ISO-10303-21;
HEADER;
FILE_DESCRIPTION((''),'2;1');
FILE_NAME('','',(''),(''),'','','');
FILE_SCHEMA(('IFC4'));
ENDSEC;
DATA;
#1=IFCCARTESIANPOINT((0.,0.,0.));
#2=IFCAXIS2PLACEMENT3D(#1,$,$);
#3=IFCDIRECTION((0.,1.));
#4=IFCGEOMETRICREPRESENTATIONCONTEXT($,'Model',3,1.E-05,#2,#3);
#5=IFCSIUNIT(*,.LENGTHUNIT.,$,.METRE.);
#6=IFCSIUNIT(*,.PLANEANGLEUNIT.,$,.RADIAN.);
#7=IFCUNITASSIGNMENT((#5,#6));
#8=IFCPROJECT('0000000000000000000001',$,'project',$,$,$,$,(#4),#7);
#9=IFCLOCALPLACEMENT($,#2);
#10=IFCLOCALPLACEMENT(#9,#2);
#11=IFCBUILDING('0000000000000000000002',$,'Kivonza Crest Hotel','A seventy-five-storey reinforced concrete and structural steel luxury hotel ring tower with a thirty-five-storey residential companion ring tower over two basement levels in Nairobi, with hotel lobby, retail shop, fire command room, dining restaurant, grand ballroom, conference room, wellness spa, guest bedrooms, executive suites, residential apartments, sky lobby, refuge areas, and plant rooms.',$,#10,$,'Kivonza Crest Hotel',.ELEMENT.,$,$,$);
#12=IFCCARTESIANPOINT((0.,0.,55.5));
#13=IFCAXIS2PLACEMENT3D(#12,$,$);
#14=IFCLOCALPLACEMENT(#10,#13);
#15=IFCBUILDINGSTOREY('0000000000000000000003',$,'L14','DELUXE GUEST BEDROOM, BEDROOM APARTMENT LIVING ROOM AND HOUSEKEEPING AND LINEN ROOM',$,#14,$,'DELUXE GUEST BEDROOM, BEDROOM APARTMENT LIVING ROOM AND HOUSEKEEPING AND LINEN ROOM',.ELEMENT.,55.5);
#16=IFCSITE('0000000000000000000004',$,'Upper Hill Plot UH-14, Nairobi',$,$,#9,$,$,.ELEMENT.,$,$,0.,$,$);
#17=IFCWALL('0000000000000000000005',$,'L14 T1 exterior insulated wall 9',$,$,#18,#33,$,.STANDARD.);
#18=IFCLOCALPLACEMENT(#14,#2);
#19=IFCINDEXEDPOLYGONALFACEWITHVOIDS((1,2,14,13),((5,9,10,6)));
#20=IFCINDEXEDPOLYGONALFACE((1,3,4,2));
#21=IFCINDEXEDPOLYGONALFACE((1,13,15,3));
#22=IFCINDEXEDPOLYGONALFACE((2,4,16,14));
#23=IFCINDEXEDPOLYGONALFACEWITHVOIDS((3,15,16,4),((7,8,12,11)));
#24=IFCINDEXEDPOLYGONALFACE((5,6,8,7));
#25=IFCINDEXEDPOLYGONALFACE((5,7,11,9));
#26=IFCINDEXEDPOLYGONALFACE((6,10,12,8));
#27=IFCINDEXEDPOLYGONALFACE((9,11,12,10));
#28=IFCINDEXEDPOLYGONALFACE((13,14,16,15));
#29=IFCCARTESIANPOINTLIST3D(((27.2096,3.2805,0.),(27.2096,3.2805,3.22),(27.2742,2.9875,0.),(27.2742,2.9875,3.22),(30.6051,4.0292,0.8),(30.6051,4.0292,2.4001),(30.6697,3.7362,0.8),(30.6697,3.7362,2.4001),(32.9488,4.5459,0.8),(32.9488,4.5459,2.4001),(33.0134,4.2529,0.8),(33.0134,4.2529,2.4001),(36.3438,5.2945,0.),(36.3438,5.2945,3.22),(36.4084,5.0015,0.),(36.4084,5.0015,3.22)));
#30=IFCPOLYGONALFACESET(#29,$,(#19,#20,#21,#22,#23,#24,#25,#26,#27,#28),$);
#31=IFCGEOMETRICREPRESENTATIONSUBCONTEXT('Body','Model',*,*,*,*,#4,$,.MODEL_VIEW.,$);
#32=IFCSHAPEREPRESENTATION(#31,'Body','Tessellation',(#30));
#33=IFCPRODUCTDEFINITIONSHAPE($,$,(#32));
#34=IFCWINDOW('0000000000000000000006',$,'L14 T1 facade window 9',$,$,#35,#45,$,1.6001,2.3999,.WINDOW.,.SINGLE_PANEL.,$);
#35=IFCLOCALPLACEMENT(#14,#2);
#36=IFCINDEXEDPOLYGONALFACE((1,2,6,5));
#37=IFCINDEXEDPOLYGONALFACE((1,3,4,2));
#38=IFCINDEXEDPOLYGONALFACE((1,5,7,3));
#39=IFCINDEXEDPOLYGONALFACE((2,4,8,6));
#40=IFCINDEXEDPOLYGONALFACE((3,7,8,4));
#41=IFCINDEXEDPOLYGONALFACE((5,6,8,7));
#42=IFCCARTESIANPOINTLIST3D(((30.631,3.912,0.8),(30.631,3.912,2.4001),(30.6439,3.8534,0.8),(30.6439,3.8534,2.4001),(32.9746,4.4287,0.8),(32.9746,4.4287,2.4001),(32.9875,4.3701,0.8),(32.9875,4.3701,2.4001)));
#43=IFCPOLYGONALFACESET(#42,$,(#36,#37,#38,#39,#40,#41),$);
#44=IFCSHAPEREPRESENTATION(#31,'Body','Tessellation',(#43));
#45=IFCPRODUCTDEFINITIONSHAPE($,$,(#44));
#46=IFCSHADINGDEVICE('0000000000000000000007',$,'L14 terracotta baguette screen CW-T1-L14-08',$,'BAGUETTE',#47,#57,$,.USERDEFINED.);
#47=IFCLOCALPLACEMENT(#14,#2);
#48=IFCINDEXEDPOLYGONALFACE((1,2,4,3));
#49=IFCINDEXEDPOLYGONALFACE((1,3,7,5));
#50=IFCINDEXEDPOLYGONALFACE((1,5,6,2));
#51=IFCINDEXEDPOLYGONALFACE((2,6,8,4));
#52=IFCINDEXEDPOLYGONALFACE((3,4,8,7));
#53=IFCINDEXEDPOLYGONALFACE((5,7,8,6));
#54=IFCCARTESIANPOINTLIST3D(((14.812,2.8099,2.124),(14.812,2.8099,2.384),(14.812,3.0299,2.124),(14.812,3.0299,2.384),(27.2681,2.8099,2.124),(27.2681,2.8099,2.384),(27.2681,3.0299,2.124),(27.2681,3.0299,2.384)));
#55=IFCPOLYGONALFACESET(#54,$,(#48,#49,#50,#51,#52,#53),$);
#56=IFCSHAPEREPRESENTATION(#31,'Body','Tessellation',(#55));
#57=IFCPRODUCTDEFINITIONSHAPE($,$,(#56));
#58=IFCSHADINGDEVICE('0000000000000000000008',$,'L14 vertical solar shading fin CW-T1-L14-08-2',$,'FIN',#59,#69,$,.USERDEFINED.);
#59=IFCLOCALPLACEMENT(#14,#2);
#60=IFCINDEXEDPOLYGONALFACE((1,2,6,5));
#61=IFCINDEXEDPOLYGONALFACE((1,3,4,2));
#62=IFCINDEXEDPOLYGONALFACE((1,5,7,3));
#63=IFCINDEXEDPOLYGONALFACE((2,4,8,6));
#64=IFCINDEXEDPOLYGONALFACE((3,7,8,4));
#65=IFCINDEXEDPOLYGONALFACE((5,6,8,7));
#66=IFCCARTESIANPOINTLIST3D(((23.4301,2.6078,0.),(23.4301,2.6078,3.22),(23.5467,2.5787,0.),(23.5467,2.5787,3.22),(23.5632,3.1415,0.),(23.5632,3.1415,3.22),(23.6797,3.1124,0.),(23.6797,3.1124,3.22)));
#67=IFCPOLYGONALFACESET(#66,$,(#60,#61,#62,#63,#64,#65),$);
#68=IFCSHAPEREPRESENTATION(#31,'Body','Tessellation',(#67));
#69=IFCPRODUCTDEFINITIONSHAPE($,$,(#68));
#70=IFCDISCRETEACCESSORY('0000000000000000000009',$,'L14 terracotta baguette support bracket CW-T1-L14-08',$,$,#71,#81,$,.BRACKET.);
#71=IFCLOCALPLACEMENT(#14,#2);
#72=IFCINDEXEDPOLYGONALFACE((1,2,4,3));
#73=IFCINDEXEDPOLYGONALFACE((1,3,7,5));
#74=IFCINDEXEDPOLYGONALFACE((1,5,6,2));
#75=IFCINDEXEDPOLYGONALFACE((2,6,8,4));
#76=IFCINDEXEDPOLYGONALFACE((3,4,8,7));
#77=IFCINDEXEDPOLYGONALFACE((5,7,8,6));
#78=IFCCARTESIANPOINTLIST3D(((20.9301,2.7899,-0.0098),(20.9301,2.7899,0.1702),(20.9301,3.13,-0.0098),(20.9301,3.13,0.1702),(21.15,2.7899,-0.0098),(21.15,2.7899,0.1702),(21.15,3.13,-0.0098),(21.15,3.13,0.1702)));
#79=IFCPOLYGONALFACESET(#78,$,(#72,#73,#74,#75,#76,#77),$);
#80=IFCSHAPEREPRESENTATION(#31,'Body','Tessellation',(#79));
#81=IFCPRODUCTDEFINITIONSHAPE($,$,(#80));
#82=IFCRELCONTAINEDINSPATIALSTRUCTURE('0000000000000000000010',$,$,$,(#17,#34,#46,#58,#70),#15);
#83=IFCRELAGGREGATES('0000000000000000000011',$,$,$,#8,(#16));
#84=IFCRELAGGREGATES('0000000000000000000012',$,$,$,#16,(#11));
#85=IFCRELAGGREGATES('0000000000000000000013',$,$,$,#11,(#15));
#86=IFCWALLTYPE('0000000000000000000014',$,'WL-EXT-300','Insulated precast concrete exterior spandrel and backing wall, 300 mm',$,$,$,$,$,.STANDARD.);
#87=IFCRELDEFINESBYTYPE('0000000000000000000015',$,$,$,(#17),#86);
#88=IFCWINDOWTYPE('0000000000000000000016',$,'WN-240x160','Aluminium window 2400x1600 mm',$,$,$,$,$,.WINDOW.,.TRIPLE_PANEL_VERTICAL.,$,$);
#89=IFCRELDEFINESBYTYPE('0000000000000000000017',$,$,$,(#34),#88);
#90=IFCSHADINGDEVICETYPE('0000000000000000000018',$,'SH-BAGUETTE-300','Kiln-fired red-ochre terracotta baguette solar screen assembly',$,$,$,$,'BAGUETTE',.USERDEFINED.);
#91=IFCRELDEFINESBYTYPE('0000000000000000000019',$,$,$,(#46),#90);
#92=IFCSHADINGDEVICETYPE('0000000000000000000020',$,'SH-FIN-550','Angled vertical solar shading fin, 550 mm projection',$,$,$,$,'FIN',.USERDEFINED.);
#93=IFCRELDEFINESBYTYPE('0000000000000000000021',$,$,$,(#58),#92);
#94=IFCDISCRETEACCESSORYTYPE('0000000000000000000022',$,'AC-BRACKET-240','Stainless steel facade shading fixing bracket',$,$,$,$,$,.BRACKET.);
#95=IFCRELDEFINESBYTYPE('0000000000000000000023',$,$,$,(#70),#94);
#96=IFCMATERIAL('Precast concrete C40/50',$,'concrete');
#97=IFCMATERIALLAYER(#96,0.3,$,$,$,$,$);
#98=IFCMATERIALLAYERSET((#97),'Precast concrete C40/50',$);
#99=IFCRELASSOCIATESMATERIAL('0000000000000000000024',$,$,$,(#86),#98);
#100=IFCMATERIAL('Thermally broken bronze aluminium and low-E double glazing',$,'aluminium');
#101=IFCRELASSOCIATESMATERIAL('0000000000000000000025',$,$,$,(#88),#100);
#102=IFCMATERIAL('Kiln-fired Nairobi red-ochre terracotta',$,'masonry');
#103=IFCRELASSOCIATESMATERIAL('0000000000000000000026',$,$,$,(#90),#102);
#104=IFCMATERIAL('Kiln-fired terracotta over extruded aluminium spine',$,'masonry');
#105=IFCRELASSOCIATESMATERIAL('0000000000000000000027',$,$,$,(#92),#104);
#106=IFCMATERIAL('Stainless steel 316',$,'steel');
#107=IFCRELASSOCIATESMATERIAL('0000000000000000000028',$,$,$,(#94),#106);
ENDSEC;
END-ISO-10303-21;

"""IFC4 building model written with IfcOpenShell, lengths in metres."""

from ifc_helpers import new_model, si_unit, direction, frame, frame_2d, origin, origin_2d, place, context, subcontext, project, spatial, rectangle, extrude, material, layer, layer_set, type_object, element, fill, save


model = new_model("IFC4")

# Units and contexts
model_context = context("Model", 3, precision=1e-05, world=origin(), true_north=direction((0.0, 1.0)))
body_context = subcontext(model_context, "Body", "Model", "MODEL_VIEW")
ifc_project = project(units=[si_unit("LENGTHUNIT", "METRE"), si_unit("PLANEANGLEUNIT", "RADIAN")], contexts=[model_context])

# Site, building, storey
site_placement = place(None, origin())
site = spatial("IfcSite", under=ifc_project, at=site_placement, Name="Upper Hill Plot UH-14, Nairobi", CompositionType="ELEMENT", RefElevation=0.0)
building_placement = place(site_placement, origin())
building = spatial("IfcBuilding", under=site, at=building_placement, Name="Kivonza Crest Hotel", Description="A seventy-five-storey reinforced concrete and structural steel luxury hotel ring tower with a thirty-five-storey residential companion ring tower over two basement levels in Nairobi, with hotel lobby, retail shop, fire command room, dining restaurant, grand ballroom, conference room, wellness spa, guest bedrooms, executive suites, residential apartments, sky lobby, refuge areas, and plant rooms.", LongName="Kivonza Crest Hotel", CompositionType="ELEMENT")
storey_placement = place(building_placement, frame((0.0, 0.0, 55.5)))
storey = spatial("IfcBuildingStorey", under=building, at=storey_placement, Name="L14", Description="DELUXE GUEST BEDROOM, BEDROOM APARTMENT LIVING ROOM AND HOUSEKEEPING AND LINEN ROOM", LongName="DELUXE GUEST BEDROOM, BEDROOM APARTMENT LIVING ROOM AND HOUSEKEEPING AND LINEN ROOM", CompositionType="ELEMENT", Elevation=55.5)

# Wall, opening, window
ifc_material_1 = material(Name="Precast concrete C40/50", Category="concrete")
ifc_layer_1 = layer(ifc_material_1, 0.3)
ifc_layer_set_1 = layer_set([ifc_layer_1], Name="Precast concrete C40/50")
wall_type_1 = type_object("IfcWallType", Name="WL-EXT-300", Description="Insulated precast concrete exterior spandrel and backing wall, 300 mm", PredefinedType="STANDARD", material=ifc_layer_set_1)
wall_1_placement = place(storey_placement, frame((27.2419, 3.134, 0.0), z_axis=(0.0, 0.0, 1.0), x_axis=(0.976545, 0.215313, 0.0)))
wall_1 = element("IfcWall", 1, at=wall_1_placement, inside=storey, type_object=wall_type_1, Name="L14 T1 exterior insulated wall 9", PredefinedType="STANDARD", context=body_context, shape_type="SweptSolid", body=[
    extrude(rectangle(XDim=9.3535, YDim=0.3, at=frame_2d((4.6768, 0.0))), origin(), (0.0, 0.0, 1.0), 3.22),
])
opening_placement = place(wall_1_placement, frame((3.4771, 0.0, 0.8)))
opening = element("IfcOpeningElement", 2, at=opening_placement, cuts=wall_1, PredefinedType="OPENING", context=body_context, shape_type="SweptSolid", body=[
    extrude(rectangle(XDim=2.3999, YDim=1.6001, at=frame_2d((1.2, 0.8))), frame((0.0, 0.1602, 0.0), z_axis=(0.0, -1.0, 0.0), x_axis=(1.0, 0.0, 0.0)), (0.0, 0.0, 1.0), 0.3201),
])
ifc_material_2 = material(Name="Thermally broken bronze aluminium and low-E double glazing", Category="aluminium")
window_type = type_object("IfcWindowType", Name="WN-240x160", Description="Aluminium window 2400x1600 mm", PartitioningType="TRIPLE_PANEL_VERTICAL", PredefinedType="WINDOW", material=ifc_material_2)
window_placement = place(opening_placement, origin())
window = element("IfcWindow", 3, at=window_placement, inside=storey, type_object=window_type, Name="L14 T1 facade window 9", OverallHeight=1.6001, OverallWidth=2.3999, PartitioningType="SINGLE_PANEL", PredefinedType="WINDOW", context=body_context, shape_type="SweptSolid", body=[
    extrude(rectangle(XDim=2.3999, YDim=1.6001, at=frame_2d((1.2, 0.8))), frame((0.0, 0.03, 0.0), z_axis=(0.0, -1.0, 0.0), x_axis=(1.0, 0.0, 0.0)), (0.0, 0.0, 1.0), 0.0601),
])
fill(opening, window)

# Shading devices
ifc_material_3 = material(Name="Kiln-fired Nairobi red-ochre terracotta", Category="masonry")
shading_device_type_1 = type_object("IfcShadingDeviceType", Name="SH-BAGUETTE-300", Description="Kiln-fired red-ochre terracotta baguette solar screen assembly", ElementType="BAGUETTE", PredefinedType="USERDEFINED", material=ifc_material_3)
shading_device_1_placement = place(storey_placement, frame((21.04, 2.9199, 2.124), z_axis=(0.0, 0.0, 1.0), x_axis=(1.0, 0.0, 0.0)))
element("IfcShadingDevice", 4, at=shading_device_1_placement, inside=storey, type_object=shading_device_type_1, Name="L14 terracotta baguette screen CW-T1-L14-08", ObjectType="BAGUETTE", PredefinedType="USERDEFINED", context=body_context, shape_type="SweptSolid", body=[
    extrude(rectangle(XDim=12.4561, YDim=0.22, at=origin_2d()), origin(), (0.0, 0.0, 1.0), 0.26),
])
ifc_material_4 = material(Name="Kiln-fired terracotta over extruded aluminium spine", Category="masonry")
shading_device_type_2 = type_object("IfcShadingDeviceType", Name="SH-FIN-550", Description="Angled vertical solar shading fin, 550 mm projection", ElementType="FIN", PredefinedType="USERDEFINED", material=ifc_material_4)
shading_device_2_placement = place(storey_placement, frame((23.5549, 2.8601, 0.0), z_axis=(0.0, 0.0, 1.0), x_axis=(0.970296, -0.241922, 0.0)))
element("IfcShadingDevice", 5, at=shading_device_2_placement, inside=storey, type_object=shading_device_type_2, Name="L14 vertical solar shading fin CW-T1-L14-08-2", ObjectType="FIN", PredefinedType="USERDEFINED", context=body_context, shape_type="SweptSolid", body=[
    extrude(rectangle(XDim=0.1201, YDim=0.55, at=origin_2d()), origin(), (0.0, 0.0, 1.0), 3.22),
])

# Discrete accessory
ifc_material_5 = material(Name="Stainless steel 316", Category="steel")
discrete_accessory_type = type_object("IfcDiscreteAccessoryType", Name="AC-BRACKET-240", Description="Stainless steel facade shading fixing bracket", PredefinedType="BRACKET", material=ifc_material_5)
discrete_accessory_placement = place(storey_placement, frame((21.04, 2.96, -0.0098), z_axis=(0.0, 0.0, 1.0), x_axis=(1.0, 0.0, 0.0)))
element("IfcDiscreteAccessory", 6, at=discrete_accessory_placement, inside=storey, type_object=discrete_accessory_type, Name="L14 terracotta baguette support bracket CW-T1-L14-08", PredefinedType="BRACKET", context=body_context, shape_type="SweptSolid", body=[
    extrude(rectangle(XDim=0.22, YDim=0.3401, at=origin_2d()), origin(), (0.0, 0.0, 1.0), 0.1799),
])

save(model, "model.ifc")
